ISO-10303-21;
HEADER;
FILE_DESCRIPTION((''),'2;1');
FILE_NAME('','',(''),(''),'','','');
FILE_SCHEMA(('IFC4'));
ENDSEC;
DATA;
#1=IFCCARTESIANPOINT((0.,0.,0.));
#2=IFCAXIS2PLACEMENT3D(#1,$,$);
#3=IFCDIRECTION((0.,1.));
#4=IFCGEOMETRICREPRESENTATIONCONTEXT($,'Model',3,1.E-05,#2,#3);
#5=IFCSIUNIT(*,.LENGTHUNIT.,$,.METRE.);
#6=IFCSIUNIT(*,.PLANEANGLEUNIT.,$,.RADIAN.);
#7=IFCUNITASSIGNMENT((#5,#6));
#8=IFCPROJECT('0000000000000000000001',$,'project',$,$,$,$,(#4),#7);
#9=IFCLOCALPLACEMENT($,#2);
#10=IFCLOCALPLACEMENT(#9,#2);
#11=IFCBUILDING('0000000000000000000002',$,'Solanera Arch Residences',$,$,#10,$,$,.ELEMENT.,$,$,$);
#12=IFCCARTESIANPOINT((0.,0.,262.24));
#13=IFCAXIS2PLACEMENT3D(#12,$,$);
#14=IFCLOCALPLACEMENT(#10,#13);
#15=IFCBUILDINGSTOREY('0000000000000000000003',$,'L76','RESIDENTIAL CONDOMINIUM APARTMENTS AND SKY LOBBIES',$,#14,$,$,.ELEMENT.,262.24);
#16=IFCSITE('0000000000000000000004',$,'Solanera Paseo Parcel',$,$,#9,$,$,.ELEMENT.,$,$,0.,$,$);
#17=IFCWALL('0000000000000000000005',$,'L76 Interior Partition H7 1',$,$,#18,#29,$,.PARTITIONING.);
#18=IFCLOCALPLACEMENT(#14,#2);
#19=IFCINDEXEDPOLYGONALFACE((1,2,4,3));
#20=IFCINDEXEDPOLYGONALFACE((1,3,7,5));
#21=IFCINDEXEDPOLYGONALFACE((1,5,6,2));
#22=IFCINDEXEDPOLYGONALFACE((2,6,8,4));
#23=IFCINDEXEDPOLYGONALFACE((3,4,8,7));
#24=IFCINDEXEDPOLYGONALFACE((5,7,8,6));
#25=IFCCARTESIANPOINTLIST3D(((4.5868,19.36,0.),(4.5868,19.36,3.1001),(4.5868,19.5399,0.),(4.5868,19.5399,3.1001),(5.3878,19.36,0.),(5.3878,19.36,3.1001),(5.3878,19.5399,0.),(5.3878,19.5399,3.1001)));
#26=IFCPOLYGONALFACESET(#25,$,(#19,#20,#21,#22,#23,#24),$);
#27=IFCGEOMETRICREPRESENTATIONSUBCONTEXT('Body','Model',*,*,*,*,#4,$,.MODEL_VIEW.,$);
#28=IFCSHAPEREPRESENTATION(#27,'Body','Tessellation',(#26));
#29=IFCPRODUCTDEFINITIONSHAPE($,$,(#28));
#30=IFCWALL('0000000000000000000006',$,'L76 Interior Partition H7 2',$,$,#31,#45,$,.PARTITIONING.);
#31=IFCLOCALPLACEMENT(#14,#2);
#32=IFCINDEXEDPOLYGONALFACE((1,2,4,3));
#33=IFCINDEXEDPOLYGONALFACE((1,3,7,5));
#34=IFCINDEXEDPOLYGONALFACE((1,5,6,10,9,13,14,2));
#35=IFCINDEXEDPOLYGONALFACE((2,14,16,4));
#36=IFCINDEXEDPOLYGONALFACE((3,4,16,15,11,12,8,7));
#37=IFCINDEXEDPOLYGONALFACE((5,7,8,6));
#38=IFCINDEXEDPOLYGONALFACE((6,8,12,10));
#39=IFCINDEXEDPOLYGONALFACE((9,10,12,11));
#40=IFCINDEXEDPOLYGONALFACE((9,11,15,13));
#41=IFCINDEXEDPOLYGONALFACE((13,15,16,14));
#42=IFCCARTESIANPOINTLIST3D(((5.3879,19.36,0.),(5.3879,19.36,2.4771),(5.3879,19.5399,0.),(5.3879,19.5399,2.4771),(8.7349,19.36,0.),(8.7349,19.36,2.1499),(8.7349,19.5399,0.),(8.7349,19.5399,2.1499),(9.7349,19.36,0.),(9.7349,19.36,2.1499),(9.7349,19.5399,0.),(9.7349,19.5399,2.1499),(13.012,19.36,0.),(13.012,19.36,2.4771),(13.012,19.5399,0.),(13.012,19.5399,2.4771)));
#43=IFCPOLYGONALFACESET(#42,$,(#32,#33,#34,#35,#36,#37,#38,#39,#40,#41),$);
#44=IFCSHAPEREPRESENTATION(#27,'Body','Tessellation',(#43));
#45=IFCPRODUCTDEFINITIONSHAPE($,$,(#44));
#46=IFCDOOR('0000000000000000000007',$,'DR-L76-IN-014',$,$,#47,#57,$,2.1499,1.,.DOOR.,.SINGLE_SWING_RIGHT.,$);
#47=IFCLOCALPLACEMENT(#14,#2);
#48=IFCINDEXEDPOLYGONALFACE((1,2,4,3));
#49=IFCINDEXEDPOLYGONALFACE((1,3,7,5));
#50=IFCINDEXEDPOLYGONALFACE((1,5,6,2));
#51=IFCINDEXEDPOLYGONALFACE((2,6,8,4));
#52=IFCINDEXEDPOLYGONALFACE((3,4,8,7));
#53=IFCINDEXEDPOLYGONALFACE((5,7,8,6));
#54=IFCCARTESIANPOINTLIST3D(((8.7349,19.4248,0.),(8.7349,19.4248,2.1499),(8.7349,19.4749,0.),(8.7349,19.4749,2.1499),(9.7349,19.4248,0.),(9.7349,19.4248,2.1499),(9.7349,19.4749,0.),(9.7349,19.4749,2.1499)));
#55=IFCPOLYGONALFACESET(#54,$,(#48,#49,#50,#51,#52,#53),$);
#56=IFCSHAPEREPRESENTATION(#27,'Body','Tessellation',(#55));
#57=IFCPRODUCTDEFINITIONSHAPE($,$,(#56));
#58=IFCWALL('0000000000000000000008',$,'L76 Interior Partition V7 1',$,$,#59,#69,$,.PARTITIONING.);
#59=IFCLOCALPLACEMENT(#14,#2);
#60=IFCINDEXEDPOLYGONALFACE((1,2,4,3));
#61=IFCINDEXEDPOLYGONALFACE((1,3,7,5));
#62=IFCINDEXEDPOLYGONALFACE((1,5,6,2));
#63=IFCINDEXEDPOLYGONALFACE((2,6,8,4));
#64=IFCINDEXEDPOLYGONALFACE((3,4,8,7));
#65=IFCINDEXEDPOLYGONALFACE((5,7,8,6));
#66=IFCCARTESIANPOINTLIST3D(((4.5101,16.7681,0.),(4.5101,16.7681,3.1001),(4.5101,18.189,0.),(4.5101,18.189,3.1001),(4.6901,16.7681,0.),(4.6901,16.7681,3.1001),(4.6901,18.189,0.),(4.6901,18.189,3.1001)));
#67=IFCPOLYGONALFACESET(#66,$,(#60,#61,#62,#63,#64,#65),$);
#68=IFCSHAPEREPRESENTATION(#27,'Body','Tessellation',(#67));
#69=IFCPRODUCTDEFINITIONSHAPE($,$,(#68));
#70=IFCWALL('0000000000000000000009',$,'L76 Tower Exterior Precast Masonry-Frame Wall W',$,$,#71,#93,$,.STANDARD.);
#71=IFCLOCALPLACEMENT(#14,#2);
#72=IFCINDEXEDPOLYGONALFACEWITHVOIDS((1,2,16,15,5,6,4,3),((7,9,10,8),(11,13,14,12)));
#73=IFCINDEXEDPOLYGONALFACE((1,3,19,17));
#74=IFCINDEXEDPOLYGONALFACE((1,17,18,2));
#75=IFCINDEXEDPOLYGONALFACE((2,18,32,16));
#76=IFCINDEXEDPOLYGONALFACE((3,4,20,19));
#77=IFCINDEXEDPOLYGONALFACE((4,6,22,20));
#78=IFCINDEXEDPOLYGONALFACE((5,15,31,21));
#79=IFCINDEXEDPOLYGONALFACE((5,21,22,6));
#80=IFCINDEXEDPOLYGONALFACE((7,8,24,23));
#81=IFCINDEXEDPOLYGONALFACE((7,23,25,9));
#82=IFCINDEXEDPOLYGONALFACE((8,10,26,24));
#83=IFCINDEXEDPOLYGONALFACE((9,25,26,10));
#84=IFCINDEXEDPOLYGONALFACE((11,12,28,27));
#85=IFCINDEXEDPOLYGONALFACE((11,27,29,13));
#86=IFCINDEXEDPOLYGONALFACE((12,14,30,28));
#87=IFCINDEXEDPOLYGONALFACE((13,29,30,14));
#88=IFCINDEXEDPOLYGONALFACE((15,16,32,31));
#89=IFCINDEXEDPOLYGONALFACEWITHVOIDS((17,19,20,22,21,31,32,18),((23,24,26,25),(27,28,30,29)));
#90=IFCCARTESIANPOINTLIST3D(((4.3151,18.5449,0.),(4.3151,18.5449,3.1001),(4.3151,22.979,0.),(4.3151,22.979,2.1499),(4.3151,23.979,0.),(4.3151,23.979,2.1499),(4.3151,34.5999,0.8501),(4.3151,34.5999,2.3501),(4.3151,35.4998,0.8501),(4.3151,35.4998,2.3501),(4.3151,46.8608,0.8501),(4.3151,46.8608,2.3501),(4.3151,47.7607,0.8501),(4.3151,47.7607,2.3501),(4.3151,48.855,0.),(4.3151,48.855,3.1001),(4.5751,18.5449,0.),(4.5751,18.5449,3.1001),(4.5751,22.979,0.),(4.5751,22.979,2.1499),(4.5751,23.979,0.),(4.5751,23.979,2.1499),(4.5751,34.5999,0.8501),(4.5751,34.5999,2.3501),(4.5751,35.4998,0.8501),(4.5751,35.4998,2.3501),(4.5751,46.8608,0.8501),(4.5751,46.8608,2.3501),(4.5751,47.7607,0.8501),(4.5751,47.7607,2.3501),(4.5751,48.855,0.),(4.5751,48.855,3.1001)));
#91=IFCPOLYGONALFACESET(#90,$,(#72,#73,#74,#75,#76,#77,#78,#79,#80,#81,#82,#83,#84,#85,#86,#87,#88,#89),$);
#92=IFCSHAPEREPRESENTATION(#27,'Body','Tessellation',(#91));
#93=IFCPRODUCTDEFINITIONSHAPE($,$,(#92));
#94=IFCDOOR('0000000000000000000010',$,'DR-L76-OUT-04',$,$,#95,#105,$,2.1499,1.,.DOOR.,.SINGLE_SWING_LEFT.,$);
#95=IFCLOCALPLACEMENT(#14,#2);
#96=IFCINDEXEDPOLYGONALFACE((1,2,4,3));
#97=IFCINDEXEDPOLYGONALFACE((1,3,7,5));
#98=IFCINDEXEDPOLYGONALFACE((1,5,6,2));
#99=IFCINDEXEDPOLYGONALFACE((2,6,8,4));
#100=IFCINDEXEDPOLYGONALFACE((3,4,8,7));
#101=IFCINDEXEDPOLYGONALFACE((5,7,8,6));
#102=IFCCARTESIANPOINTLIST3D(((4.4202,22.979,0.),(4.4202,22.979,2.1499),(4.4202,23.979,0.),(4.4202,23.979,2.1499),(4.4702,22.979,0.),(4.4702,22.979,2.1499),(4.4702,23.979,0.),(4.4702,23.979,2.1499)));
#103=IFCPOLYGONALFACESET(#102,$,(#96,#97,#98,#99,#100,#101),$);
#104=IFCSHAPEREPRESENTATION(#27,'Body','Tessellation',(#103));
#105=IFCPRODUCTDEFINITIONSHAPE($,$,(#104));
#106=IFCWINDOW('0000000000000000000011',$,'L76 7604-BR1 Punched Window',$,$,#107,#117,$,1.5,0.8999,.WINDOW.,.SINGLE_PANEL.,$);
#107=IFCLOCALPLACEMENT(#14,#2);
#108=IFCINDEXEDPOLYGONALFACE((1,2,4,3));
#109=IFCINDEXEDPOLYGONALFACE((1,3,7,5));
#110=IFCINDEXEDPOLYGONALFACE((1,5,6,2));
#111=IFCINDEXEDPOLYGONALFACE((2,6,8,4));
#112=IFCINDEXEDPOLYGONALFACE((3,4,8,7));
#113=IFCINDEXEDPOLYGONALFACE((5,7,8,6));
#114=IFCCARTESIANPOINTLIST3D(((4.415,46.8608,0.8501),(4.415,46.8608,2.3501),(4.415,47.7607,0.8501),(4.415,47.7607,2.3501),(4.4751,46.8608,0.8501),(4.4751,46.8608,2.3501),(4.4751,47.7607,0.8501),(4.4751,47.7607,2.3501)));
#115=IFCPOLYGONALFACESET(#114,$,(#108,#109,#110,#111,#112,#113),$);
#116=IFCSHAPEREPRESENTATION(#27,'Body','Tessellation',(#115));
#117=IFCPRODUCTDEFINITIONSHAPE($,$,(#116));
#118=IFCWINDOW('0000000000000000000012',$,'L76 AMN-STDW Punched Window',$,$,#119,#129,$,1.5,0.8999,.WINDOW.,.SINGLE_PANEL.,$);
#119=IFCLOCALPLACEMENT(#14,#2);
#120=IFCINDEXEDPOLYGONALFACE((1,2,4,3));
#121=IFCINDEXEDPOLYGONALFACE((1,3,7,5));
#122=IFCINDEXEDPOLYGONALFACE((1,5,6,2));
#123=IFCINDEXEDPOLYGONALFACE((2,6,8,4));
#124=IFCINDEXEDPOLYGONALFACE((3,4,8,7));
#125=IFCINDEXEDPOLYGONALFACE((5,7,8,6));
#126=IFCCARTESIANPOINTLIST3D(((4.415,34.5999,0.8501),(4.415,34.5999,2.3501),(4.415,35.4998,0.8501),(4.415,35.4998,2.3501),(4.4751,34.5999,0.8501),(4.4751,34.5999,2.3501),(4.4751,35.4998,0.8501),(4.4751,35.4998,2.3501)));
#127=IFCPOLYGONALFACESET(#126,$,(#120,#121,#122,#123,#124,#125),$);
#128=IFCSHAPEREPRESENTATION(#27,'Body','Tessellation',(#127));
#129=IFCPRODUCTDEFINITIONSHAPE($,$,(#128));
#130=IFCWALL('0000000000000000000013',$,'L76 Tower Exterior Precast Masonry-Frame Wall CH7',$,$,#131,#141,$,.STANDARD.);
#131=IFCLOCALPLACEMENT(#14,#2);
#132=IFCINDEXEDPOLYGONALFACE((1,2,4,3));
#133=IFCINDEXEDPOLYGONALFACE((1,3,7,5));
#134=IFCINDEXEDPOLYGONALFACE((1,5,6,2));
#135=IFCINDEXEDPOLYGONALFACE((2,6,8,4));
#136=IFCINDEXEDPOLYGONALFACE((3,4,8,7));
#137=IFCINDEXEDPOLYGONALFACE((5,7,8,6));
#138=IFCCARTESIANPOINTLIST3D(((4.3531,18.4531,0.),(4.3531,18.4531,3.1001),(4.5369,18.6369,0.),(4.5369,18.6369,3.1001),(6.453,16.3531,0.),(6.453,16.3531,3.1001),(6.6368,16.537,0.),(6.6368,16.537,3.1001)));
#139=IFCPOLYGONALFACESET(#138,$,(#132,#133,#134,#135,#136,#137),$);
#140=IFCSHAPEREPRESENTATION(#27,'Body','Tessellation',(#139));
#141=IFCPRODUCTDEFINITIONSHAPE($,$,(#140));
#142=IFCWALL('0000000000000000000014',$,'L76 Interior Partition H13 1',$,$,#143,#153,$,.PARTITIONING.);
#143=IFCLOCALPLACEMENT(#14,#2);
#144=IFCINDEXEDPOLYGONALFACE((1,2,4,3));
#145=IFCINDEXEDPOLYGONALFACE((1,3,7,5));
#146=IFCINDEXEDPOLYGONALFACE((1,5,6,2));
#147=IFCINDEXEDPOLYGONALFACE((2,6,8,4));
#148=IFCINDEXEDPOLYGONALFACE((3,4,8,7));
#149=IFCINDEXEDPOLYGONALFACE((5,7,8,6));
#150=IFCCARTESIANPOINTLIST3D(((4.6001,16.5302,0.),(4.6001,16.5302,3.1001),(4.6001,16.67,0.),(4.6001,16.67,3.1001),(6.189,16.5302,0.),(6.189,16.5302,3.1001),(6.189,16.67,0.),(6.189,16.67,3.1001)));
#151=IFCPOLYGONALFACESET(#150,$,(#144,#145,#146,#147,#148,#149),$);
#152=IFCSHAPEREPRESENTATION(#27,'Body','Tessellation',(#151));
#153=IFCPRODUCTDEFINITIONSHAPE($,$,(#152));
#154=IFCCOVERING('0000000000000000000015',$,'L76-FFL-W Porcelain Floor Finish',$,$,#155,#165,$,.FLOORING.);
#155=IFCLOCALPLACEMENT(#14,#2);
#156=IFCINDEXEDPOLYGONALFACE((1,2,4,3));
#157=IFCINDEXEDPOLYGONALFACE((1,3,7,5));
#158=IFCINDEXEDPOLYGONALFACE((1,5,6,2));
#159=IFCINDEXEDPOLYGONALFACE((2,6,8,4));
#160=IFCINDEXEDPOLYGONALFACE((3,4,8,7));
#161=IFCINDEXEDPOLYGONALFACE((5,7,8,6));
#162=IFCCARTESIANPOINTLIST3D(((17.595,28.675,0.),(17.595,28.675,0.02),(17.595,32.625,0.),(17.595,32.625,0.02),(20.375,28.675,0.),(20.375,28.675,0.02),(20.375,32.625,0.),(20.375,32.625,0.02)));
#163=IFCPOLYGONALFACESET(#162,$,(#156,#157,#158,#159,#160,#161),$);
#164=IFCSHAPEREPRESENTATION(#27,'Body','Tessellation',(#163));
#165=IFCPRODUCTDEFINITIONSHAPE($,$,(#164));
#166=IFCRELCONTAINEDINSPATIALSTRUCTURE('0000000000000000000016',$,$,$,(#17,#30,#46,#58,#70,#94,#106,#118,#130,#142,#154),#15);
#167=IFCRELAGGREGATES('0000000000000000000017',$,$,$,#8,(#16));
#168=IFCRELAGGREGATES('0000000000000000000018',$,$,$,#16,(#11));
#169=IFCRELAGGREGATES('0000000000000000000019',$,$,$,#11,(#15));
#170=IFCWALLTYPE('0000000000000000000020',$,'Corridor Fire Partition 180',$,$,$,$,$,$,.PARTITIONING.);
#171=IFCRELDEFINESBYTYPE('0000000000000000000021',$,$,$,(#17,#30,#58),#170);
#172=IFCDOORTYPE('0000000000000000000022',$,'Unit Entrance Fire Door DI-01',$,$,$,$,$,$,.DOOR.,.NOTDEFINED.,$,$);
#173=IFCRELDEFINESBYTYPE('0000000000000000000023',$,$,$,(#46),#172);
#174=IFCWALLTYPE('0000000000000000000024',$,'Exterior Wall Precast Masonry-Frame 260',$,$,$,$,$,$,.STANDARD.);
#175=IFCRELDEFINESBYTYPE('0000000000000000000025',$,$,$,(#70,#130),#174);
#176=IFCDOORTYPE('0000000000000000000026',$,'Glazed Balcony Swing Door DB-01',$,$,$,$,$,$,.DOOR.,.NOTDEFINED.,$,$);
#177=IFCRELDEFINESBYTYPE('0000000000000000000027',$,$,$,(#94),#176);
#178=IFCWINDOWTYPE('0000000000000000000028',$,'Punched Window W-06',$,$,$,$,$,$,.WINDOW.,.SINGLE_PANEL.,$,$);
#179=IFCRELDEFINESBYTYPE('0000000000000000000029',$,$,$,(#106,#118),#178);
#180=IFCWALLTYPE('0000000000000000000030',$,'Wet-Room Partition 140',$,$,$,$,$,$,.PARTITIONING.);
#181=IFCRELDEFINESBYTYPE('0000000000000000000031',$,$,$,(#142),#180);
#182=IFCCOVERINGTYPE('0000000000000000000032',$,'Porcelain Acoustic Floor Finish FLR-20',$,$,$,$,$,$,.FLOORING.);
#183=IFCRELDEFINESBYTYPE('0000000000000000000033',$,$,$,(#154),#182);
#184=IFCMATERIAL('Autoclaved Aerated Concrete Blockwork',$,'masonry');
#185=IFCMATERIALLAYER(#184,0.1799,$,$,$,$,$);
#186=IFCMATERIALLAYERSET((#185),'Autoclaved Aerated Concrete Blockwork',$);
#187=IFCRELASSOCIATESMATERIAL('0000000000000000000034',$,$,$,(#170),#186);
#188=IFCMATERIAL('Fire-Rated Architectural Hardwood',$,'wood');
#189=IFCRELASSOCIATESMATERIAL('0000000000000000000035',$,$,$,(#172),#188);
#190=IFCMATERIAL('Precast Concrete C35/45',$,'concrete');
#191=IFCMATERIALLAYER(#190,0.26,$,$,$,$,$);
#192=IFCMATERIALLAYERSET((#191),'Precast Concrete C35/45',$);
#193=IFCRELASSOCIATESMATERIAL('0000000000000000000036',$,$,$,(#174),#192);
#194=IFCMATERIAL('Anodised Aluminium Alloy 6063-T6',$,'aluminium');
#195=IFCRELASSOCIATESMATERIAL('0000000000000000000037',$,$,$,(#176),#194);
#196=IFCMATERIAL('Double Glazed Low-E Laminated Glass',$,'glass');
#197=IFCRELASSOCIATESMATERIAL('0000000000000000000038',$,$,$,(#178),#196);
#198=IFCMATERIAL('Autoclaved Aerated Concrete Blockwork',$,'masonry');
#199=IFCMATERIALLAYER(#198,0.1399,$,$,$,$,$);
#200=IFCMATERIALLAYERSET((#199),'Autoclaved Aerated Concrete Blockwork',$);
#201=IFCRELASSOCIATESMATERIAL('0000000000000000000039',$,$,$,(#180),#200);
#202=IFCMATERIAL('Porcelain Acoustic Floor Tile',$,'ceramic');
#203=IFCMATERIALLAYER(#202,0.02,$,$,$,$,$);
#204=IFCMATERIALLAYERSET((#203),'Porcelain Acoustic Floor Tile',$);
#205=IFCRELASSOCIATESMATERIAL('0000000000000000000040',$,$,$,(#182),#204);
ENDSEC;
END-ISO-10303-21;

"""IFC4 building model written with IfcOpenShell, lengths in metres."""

from ifc_helpers import new_model, si_unit, direction, frame, frame_2d, origin, place, context, subcontext, project, spatial, polyline, rectangle, outline, extrude, material, layer, layer_set, type_object, element, fill, save


model = new_model("IFC4")

# Units and contexts
model_context = context("Model", 3, precision=1e-05, world=origin(), true_north=direction((0.0, 1.0)))
body_context = subcontext(model_context, "Body", "Model", "MODEL_VIEW")
ifc_project = project(units=[si_unit("LENGTHUNIT", "METRE"), si_unit("PLANEANGLEUNIT", "RADIAN")], contexts=[model_context])

# Site, building, storey
site_placement = place(None, origin())
site = spatial("IfcSite", under=ifc_project, at=site_placement, Name="Solanera Paseo Parcel", CompositionType="ELEMENT", RefElevation=0.0)
building_placement = place(site_placement, origin())
building = spatial("IfcBuilding", under=site, at=building_placement, Name="Solanera Arch Residences", CompositionType="ELEMENT")
storey_placement = place(building_placement, frame((0.0, 0.0, 262.24)))
storey = spatial("IfcBuildingStorey", under=building, at=storey_placement, Name="L76", Description="RESIDENTIAL CONDOMINIUM APARTMENTS AND SKY LOBBIES", CompositionType="ELEMENT", Elevation=262.24)

# Wall
ifc_material_1 = material(Name="Autoclaved Aerated Concrete Blockwork", Category="masonry")
ifc_layer_1 = layer(ifc_material_1, 0.1799)
ifc_layer_set_1 = layer_set([ifc_layer_1], Name="Autoclaved Aerated Concrete Blockwork")
wall_type_1 = type_object("IfcWallType", Name="Corridor Fire Partition 180", PredefinedType="PARTITIONING", material=ifc_layer_set_1)
wall_1_placement = place(storey_placement, frame((4.5869, 19.45, 0.0), z_axis=(0.0, 0.0, 1.0), x_axis=(1.0, 0.0, 0.0)))
element("IfcWall", 1, at=wall_1_placement, inside=storey, type_object=wall_type_1, Name="L76 Interior Partition H7 1", PredefinedType="PARTITIONING", context=body_context, shape_type="SweptSolid", body=[
    extrude(rectangle(XDim=0.801, YDim=0.1799, at=frame_2d((0.4004, 0.0))), origin(), (0.0, 0.0, 1.0), 3.1001),
])

# Wall, opening, door
wall_2_placement = place(storey_placement, frame((5.3879, 19.45, 0.0), z_axis=(0.0, 0.0, 1.0), x_axis=(1.0, 0.0, 0.0)))
wall_2 = element("IfcWall", 2, at=wall_2_placement, inside=storey, type_object=wall_type_1, Name="L76 Interior Partition H7 2", PredefinedType="PARTITIONING", context=body_context, shape_type="SweptSolid", body=[
    extrude(rectangle(XDim=7.624, YDim=0.1799, at=frame_2d((3.812, 0.0))), origin(), (0.0, 0.0, 1.0), 2.4771),
])
opening_1_placement = place(wall_2_placement, frame((3.3469, 0.0, 0.0)))
opening_1 = element("IfcOpeningElement", 3, at=opening_1_placement, cuts=wall_2, PredefinedType="OPENING", context=body_context, shape_type="SweptSolid", body=[
    extrude(rectangle(XDim=1.0, YDim=2.1499, at=frame_2d((0.5, 1.075))), frame((0.0, 0.1001, 0.0), z_axis=(0.0, -1.0, 0.0), x_axis=(1.0, 0.0, 0.0)), (0.0, 0.0, 1.0), 0.1999),
])
ifc_material_2 = material(Name="Fire-Rated Architectural Hardwood", Category="wood")
door_type_1 = type_object("IfcDoorType", Name="Unit Entrance Fire Door DI-01", OperationType="NOTDEFINED", PredefinedType="DOOR", material=ifc_material_2)
door_1_placement = place(opening_1_placement, origin())
door_1 = element("IfcDoor", 4, at=door_1_placement, inside=storey, type_object=door_type_1, Name="DR-L76-IN-014", OperationType="SINGLE_SWING_RIGHT", OverallHeight=2.1499, OverallWidth=1.0, PredefinedType="DOOR", context=body_context, shape_type="SweptSolid", body=[
    extrude(rectangle(XDim=1.0, YDim=2.1499, at=frame_2d((0.5, 1.075))), frame((0.0, 0.0249, 0.0), z_axis=(0.0, -1.0, 0.0), x_axis=(1.0, 0.0, 0.0)), (0.0, 0.0, 1.0), 0.05),
])
fill(opening_1, door_1)

# Wall
wall_3_placement = place(storey_placement, frame((4.6001, 16.7681, 0.0), z_axis=(0.0, 0.0, 1.0), x_axis=(0.0, 1.0, 0.0)))
element("IfcWall", 5, at=wall_3_placement, inside=storey, type_object=wall_type_1, Name="L76 Interior Partition V7 1", PredefinedType="PARTITIONING", context=body_context, shape_type="SweptSolid", body=[
    extrude(rectangle(XDim=1.4209, YDim=0.1799, at=frame_2d((0.7104, 0.0))), origin(), (0.0, 0.0, 1.0), 3.1001),
])

# Wall, openings, door, windows
ifc_material_3 = material(Name="Precast Concrete C35/45", Category="concrete")
ifc_layer_2 = layer(ifc_material_3, 0.26)
ifc_layer_set_2 = layer_set([ifc_layer_2], Name="Precast Concrete C35/45")
wall_type_2 = type_object("IfcWallType", Name="Exterior Wall Precast Masonry-Frame 260", PredefinedType="STANDARD", material=ifc_layer_set_2)
wall_4_placement = place(storey_placement, frame((4.4451, 18.5449, 0.0), z_axis=(0.0, 0.0, 1.0), x_axis=(0.0, 1.0, 0.0)))
wall_4 = element("IfcWall", 6, at=wall_4_placement, inside=storey, type_object=wall_type_2, Name="L76 Tower Exterior Precast Masonry-Frame Wall W", PredefinedType="STANDARD", context=body_context, shape_type="SweptSolid", body=[
    extrude(rectangle(XDim=30.3101, YDim=0.26, at=frame_2d((15.155, 0.0))), origin(), (0.0, 0.0, 1.0), 3.1001),
])
opening_2_placement = place(wall_4_placement, frame((4.4341, 0.0, 0.0)))
opening_2 = element("IfcOpeningElement", 7, at=opening_2_placement, cuts=wall_4, PredefinedType="OPENING", context=body_context, shape_type="SweptSolid", body=[
    extrude(rectangle(XDim=1.0, YDim=2.1499, at=frame_2d((0.5, 1.075))), frame((0.0, 0.1399, 0.0), z_axis=(0.0, -1.0, 0.0), x_axis=(1.0, 0.0, 0.0)), (0.0, 0.0, 1.0), 0.28),
])
opening_3_placement = place(wall_4_placement, frame((28.3159, 0.0, 0.8501)))
opening_3 = element("IfcOpeningElement", 8, at=opening_3_placement, cuts=wall_4, PredefinedType="OPENING", context=body_context, shape_type="SweptSolid", body=[
    extrude(rectangle(XDim=0.8999, YDim=1.5, at=frame_2d((0.45, 0.75))), frame((0.0, 0.1399, 0.0), z_axis=(0.0, -1.0, 0.0), x_axis=(1.0, 0.0, 0.0)), (0.0, 0.0, 1.0), 0.28),
])
opening_4_placement = place(wall_4_placement, frame((16.0549, 0.0, 0.8501)))
opening_4 = element("IfcOpeningElement", 9, at=opening_4_placement, cuts=wall_4, PredefinedType="OPENING", context=body_context, shape_type="SweptSolid", body=[
    extrude(rectangle(XDim=0.8999, YDim=1.5, at=frame_2d((0.45, 0.75))), frame((0.0, 0.1399, 0.0), z_axis=(0.0, -1.0, 0.0), x_axis=(1.0, 0.0, 0.0)), (0.0, 0.0, 1.0), 0.28),
])
ifc_material_4 = material(Name="Anodised Aluminium Alloy 6063-T6", Category="aluminium")
door_type_2 = type_object("IfcDoorType", Name="Glazed Balcony Swing Door DB-01", OperationType="NOTDEFINED", PredefinedType="DOOR", material=ifc_material_4)
door_2_placement = place(opening_2_placement, origin())
door_2 = element("IfcDoor", 10, at=door_2_placement, inside=storey, type_object=door_type_2, Name="DR-L76-OUT-04", OperationType="SINGLE_SWING_LEFT", OverallHeight=2.1499, OverallWidth=1.0, PredefinedType="DOOR", context=body_context, shape_type="SweptSolid", body=[
    extrude(rectangle(XDim=1.0, YDim=2.1499, at=frame_2d((0.5, 1.075))), frame((0.0, 0.0249, 0.0), z_axis=(0.0, -1.0, 0.0), x_axis=(1.0, 0.0, 0.0)), (0.0, 0.0, 1.0), 0.05),
])
fill(opening_2, door_2)
ifc_material_5 = material(Name="Double Glazed Low-E Laminated Glass", Category="glass")
window_type = type_object("IfcWindowType", Name="Punched Window W-06", PartitioningType="SINGLE_PANEL", PredefinedType="WINDOW", material=ifc_material_5)
window_1_placement = place(opening_3_placement, origin())
window_1 = element("IfcWindow", 11, at=window_1_placement, inside=storey, type_object=window_type, Name="L76 7604-BR1 Punched Window", OverallHeight=1.5, OverallWidth=0.8999, PartitioningType="SINGLE_PANEL", PredefinedType="WINDOW", context=body_context, shape_type="SweptSolid", body=[
    extrude(rectangle(XDim=0.8999, YDim=1.5, at=frame_2d((0.45, 0.75))), frame((0.0, 0.03, 0.0), z_axis=(0.0, -1.0, 0.0), x_axis=(1.0, 0.0, 0.0)), (0.0, 0.0, 1.0), 0.0601),
])
fill(opening_3, window_1)
window_2_placement = place(opening_4_placement, origin())
window_2 = element("IfcWindow", 12, at=window_2_placement, inside=storey, type_object=window_type, Name="L76 AMN-STDW Punched Window", OverallHeight=1.5, OverallWidth=0.8999, PartitioningType="SINGLE_PANEL", PredefinedType="WINDOW", context=body_context, shape_type="SweptSolid", body=[
    extrude(rectangle(XDim=0.8999, YDim=1.5, at=frame_2d((0.45, 0.75))), frame((0.0, 0.03, 0.0), z_axis=(0.0, -1.0, 0.0), x_axis=(1.0, 0.0, 0.0)), (0.0, 0.0, 1.0), 0.0601),
])
fill(opening_4, window_2)

# Walls
wall_5_placement = place(storey_placement, frame((6.5449, 16.4451, 0.0), z_axis=(0.0, 0.0, 1.0), x_axis=(-0.707107, 0.707107, 0.0)))
element("IfcWall", 13, at=wall_5_placement, inside=storey, type_object=wall_type_2, Name="L76 Tower Exterior Precast Masonry-Frame Wall CH7", PredefinedType="STANDARD", context=body_context, shape_type="SweptSolid", body=[
    extrude(rectangle(XDim=2.9697, YDim=0.26, at=frame_2d((1.4849, 0.0))), origin(), (0.0, 0.0, 1.0), 3.1001),
])
ifc_material_6 = material(Name="Autoclaved Aerated Concrete Blockwork", Category="masonry")
ifc_layer_3 = layer(ifc_material_6, 0.1399)
ifc_layer_set_3 = layer_set([ifc_layer_3], Name="Autoclaved Aerated Concrete Blockwork")
wall_type_3 = type_object("IfcWallType", Name="Wet-Room Partition 140", PredefinedType="PARTITIONING", material=ifc_layer_set_3)
wall_6_placement = place(storey_placement, frame((4.6001, 16.6001, 0.0), z_axis=(0.0, 0.0, 1.0), x_axis=(1.0, 0.0, 0.0)))
element("IfcWall", 14, at=wall_6_placement, inside=storey, type_object=wall_type_3, Name="L76 Interior Partition H13 1", PredefinedType="PARTITIONING", context=body_context, shape_type="SweptSolid", body=[
    extrude(rectangle(XDim=1.5889, YDim=0.1399, at=frame_2d((0.7944, 0.0))), origin(), (0.0, 0.0, 1.0), 3.1001),
])

# Covering
ifc_material_7 = material(Name="Porcelain Acoustic Floor Tile", Category="ceramic")
ifc_layer_4 = layer(ifc_material_7, 0.02)
ifc_layer_set_4 = layer_set([ifc_layer_4], Name="Porcelain Acoustic Floor Tile")
covering_type_1 = type_object("IfcCoveringType", Name="Porcelain Acoustic Floor Finish FLR-20", PredefinedType="FLOORING", material=ifc_layer_set_4)
covering_1_placement = place(storey_placement, origin())
element("IfcCovering", 15, at=covering_1_placement, inside=storey, type_object=covering_type_1, Name="L76-FFL-W Porcelain Floor Finish", PredefinedType="FLOORING", context=body_context, shape_type="SweptSolid", body=[
    extrude(outline(polyline([(20.375, 28.675), (17.595, 28.675), (17.595, 32.625), (20.375, 32.625), (20.375, 28.675)])), origin(), (0.0, 0.0, 1.0), 0.02),
])

save(model, "model.ifc")
